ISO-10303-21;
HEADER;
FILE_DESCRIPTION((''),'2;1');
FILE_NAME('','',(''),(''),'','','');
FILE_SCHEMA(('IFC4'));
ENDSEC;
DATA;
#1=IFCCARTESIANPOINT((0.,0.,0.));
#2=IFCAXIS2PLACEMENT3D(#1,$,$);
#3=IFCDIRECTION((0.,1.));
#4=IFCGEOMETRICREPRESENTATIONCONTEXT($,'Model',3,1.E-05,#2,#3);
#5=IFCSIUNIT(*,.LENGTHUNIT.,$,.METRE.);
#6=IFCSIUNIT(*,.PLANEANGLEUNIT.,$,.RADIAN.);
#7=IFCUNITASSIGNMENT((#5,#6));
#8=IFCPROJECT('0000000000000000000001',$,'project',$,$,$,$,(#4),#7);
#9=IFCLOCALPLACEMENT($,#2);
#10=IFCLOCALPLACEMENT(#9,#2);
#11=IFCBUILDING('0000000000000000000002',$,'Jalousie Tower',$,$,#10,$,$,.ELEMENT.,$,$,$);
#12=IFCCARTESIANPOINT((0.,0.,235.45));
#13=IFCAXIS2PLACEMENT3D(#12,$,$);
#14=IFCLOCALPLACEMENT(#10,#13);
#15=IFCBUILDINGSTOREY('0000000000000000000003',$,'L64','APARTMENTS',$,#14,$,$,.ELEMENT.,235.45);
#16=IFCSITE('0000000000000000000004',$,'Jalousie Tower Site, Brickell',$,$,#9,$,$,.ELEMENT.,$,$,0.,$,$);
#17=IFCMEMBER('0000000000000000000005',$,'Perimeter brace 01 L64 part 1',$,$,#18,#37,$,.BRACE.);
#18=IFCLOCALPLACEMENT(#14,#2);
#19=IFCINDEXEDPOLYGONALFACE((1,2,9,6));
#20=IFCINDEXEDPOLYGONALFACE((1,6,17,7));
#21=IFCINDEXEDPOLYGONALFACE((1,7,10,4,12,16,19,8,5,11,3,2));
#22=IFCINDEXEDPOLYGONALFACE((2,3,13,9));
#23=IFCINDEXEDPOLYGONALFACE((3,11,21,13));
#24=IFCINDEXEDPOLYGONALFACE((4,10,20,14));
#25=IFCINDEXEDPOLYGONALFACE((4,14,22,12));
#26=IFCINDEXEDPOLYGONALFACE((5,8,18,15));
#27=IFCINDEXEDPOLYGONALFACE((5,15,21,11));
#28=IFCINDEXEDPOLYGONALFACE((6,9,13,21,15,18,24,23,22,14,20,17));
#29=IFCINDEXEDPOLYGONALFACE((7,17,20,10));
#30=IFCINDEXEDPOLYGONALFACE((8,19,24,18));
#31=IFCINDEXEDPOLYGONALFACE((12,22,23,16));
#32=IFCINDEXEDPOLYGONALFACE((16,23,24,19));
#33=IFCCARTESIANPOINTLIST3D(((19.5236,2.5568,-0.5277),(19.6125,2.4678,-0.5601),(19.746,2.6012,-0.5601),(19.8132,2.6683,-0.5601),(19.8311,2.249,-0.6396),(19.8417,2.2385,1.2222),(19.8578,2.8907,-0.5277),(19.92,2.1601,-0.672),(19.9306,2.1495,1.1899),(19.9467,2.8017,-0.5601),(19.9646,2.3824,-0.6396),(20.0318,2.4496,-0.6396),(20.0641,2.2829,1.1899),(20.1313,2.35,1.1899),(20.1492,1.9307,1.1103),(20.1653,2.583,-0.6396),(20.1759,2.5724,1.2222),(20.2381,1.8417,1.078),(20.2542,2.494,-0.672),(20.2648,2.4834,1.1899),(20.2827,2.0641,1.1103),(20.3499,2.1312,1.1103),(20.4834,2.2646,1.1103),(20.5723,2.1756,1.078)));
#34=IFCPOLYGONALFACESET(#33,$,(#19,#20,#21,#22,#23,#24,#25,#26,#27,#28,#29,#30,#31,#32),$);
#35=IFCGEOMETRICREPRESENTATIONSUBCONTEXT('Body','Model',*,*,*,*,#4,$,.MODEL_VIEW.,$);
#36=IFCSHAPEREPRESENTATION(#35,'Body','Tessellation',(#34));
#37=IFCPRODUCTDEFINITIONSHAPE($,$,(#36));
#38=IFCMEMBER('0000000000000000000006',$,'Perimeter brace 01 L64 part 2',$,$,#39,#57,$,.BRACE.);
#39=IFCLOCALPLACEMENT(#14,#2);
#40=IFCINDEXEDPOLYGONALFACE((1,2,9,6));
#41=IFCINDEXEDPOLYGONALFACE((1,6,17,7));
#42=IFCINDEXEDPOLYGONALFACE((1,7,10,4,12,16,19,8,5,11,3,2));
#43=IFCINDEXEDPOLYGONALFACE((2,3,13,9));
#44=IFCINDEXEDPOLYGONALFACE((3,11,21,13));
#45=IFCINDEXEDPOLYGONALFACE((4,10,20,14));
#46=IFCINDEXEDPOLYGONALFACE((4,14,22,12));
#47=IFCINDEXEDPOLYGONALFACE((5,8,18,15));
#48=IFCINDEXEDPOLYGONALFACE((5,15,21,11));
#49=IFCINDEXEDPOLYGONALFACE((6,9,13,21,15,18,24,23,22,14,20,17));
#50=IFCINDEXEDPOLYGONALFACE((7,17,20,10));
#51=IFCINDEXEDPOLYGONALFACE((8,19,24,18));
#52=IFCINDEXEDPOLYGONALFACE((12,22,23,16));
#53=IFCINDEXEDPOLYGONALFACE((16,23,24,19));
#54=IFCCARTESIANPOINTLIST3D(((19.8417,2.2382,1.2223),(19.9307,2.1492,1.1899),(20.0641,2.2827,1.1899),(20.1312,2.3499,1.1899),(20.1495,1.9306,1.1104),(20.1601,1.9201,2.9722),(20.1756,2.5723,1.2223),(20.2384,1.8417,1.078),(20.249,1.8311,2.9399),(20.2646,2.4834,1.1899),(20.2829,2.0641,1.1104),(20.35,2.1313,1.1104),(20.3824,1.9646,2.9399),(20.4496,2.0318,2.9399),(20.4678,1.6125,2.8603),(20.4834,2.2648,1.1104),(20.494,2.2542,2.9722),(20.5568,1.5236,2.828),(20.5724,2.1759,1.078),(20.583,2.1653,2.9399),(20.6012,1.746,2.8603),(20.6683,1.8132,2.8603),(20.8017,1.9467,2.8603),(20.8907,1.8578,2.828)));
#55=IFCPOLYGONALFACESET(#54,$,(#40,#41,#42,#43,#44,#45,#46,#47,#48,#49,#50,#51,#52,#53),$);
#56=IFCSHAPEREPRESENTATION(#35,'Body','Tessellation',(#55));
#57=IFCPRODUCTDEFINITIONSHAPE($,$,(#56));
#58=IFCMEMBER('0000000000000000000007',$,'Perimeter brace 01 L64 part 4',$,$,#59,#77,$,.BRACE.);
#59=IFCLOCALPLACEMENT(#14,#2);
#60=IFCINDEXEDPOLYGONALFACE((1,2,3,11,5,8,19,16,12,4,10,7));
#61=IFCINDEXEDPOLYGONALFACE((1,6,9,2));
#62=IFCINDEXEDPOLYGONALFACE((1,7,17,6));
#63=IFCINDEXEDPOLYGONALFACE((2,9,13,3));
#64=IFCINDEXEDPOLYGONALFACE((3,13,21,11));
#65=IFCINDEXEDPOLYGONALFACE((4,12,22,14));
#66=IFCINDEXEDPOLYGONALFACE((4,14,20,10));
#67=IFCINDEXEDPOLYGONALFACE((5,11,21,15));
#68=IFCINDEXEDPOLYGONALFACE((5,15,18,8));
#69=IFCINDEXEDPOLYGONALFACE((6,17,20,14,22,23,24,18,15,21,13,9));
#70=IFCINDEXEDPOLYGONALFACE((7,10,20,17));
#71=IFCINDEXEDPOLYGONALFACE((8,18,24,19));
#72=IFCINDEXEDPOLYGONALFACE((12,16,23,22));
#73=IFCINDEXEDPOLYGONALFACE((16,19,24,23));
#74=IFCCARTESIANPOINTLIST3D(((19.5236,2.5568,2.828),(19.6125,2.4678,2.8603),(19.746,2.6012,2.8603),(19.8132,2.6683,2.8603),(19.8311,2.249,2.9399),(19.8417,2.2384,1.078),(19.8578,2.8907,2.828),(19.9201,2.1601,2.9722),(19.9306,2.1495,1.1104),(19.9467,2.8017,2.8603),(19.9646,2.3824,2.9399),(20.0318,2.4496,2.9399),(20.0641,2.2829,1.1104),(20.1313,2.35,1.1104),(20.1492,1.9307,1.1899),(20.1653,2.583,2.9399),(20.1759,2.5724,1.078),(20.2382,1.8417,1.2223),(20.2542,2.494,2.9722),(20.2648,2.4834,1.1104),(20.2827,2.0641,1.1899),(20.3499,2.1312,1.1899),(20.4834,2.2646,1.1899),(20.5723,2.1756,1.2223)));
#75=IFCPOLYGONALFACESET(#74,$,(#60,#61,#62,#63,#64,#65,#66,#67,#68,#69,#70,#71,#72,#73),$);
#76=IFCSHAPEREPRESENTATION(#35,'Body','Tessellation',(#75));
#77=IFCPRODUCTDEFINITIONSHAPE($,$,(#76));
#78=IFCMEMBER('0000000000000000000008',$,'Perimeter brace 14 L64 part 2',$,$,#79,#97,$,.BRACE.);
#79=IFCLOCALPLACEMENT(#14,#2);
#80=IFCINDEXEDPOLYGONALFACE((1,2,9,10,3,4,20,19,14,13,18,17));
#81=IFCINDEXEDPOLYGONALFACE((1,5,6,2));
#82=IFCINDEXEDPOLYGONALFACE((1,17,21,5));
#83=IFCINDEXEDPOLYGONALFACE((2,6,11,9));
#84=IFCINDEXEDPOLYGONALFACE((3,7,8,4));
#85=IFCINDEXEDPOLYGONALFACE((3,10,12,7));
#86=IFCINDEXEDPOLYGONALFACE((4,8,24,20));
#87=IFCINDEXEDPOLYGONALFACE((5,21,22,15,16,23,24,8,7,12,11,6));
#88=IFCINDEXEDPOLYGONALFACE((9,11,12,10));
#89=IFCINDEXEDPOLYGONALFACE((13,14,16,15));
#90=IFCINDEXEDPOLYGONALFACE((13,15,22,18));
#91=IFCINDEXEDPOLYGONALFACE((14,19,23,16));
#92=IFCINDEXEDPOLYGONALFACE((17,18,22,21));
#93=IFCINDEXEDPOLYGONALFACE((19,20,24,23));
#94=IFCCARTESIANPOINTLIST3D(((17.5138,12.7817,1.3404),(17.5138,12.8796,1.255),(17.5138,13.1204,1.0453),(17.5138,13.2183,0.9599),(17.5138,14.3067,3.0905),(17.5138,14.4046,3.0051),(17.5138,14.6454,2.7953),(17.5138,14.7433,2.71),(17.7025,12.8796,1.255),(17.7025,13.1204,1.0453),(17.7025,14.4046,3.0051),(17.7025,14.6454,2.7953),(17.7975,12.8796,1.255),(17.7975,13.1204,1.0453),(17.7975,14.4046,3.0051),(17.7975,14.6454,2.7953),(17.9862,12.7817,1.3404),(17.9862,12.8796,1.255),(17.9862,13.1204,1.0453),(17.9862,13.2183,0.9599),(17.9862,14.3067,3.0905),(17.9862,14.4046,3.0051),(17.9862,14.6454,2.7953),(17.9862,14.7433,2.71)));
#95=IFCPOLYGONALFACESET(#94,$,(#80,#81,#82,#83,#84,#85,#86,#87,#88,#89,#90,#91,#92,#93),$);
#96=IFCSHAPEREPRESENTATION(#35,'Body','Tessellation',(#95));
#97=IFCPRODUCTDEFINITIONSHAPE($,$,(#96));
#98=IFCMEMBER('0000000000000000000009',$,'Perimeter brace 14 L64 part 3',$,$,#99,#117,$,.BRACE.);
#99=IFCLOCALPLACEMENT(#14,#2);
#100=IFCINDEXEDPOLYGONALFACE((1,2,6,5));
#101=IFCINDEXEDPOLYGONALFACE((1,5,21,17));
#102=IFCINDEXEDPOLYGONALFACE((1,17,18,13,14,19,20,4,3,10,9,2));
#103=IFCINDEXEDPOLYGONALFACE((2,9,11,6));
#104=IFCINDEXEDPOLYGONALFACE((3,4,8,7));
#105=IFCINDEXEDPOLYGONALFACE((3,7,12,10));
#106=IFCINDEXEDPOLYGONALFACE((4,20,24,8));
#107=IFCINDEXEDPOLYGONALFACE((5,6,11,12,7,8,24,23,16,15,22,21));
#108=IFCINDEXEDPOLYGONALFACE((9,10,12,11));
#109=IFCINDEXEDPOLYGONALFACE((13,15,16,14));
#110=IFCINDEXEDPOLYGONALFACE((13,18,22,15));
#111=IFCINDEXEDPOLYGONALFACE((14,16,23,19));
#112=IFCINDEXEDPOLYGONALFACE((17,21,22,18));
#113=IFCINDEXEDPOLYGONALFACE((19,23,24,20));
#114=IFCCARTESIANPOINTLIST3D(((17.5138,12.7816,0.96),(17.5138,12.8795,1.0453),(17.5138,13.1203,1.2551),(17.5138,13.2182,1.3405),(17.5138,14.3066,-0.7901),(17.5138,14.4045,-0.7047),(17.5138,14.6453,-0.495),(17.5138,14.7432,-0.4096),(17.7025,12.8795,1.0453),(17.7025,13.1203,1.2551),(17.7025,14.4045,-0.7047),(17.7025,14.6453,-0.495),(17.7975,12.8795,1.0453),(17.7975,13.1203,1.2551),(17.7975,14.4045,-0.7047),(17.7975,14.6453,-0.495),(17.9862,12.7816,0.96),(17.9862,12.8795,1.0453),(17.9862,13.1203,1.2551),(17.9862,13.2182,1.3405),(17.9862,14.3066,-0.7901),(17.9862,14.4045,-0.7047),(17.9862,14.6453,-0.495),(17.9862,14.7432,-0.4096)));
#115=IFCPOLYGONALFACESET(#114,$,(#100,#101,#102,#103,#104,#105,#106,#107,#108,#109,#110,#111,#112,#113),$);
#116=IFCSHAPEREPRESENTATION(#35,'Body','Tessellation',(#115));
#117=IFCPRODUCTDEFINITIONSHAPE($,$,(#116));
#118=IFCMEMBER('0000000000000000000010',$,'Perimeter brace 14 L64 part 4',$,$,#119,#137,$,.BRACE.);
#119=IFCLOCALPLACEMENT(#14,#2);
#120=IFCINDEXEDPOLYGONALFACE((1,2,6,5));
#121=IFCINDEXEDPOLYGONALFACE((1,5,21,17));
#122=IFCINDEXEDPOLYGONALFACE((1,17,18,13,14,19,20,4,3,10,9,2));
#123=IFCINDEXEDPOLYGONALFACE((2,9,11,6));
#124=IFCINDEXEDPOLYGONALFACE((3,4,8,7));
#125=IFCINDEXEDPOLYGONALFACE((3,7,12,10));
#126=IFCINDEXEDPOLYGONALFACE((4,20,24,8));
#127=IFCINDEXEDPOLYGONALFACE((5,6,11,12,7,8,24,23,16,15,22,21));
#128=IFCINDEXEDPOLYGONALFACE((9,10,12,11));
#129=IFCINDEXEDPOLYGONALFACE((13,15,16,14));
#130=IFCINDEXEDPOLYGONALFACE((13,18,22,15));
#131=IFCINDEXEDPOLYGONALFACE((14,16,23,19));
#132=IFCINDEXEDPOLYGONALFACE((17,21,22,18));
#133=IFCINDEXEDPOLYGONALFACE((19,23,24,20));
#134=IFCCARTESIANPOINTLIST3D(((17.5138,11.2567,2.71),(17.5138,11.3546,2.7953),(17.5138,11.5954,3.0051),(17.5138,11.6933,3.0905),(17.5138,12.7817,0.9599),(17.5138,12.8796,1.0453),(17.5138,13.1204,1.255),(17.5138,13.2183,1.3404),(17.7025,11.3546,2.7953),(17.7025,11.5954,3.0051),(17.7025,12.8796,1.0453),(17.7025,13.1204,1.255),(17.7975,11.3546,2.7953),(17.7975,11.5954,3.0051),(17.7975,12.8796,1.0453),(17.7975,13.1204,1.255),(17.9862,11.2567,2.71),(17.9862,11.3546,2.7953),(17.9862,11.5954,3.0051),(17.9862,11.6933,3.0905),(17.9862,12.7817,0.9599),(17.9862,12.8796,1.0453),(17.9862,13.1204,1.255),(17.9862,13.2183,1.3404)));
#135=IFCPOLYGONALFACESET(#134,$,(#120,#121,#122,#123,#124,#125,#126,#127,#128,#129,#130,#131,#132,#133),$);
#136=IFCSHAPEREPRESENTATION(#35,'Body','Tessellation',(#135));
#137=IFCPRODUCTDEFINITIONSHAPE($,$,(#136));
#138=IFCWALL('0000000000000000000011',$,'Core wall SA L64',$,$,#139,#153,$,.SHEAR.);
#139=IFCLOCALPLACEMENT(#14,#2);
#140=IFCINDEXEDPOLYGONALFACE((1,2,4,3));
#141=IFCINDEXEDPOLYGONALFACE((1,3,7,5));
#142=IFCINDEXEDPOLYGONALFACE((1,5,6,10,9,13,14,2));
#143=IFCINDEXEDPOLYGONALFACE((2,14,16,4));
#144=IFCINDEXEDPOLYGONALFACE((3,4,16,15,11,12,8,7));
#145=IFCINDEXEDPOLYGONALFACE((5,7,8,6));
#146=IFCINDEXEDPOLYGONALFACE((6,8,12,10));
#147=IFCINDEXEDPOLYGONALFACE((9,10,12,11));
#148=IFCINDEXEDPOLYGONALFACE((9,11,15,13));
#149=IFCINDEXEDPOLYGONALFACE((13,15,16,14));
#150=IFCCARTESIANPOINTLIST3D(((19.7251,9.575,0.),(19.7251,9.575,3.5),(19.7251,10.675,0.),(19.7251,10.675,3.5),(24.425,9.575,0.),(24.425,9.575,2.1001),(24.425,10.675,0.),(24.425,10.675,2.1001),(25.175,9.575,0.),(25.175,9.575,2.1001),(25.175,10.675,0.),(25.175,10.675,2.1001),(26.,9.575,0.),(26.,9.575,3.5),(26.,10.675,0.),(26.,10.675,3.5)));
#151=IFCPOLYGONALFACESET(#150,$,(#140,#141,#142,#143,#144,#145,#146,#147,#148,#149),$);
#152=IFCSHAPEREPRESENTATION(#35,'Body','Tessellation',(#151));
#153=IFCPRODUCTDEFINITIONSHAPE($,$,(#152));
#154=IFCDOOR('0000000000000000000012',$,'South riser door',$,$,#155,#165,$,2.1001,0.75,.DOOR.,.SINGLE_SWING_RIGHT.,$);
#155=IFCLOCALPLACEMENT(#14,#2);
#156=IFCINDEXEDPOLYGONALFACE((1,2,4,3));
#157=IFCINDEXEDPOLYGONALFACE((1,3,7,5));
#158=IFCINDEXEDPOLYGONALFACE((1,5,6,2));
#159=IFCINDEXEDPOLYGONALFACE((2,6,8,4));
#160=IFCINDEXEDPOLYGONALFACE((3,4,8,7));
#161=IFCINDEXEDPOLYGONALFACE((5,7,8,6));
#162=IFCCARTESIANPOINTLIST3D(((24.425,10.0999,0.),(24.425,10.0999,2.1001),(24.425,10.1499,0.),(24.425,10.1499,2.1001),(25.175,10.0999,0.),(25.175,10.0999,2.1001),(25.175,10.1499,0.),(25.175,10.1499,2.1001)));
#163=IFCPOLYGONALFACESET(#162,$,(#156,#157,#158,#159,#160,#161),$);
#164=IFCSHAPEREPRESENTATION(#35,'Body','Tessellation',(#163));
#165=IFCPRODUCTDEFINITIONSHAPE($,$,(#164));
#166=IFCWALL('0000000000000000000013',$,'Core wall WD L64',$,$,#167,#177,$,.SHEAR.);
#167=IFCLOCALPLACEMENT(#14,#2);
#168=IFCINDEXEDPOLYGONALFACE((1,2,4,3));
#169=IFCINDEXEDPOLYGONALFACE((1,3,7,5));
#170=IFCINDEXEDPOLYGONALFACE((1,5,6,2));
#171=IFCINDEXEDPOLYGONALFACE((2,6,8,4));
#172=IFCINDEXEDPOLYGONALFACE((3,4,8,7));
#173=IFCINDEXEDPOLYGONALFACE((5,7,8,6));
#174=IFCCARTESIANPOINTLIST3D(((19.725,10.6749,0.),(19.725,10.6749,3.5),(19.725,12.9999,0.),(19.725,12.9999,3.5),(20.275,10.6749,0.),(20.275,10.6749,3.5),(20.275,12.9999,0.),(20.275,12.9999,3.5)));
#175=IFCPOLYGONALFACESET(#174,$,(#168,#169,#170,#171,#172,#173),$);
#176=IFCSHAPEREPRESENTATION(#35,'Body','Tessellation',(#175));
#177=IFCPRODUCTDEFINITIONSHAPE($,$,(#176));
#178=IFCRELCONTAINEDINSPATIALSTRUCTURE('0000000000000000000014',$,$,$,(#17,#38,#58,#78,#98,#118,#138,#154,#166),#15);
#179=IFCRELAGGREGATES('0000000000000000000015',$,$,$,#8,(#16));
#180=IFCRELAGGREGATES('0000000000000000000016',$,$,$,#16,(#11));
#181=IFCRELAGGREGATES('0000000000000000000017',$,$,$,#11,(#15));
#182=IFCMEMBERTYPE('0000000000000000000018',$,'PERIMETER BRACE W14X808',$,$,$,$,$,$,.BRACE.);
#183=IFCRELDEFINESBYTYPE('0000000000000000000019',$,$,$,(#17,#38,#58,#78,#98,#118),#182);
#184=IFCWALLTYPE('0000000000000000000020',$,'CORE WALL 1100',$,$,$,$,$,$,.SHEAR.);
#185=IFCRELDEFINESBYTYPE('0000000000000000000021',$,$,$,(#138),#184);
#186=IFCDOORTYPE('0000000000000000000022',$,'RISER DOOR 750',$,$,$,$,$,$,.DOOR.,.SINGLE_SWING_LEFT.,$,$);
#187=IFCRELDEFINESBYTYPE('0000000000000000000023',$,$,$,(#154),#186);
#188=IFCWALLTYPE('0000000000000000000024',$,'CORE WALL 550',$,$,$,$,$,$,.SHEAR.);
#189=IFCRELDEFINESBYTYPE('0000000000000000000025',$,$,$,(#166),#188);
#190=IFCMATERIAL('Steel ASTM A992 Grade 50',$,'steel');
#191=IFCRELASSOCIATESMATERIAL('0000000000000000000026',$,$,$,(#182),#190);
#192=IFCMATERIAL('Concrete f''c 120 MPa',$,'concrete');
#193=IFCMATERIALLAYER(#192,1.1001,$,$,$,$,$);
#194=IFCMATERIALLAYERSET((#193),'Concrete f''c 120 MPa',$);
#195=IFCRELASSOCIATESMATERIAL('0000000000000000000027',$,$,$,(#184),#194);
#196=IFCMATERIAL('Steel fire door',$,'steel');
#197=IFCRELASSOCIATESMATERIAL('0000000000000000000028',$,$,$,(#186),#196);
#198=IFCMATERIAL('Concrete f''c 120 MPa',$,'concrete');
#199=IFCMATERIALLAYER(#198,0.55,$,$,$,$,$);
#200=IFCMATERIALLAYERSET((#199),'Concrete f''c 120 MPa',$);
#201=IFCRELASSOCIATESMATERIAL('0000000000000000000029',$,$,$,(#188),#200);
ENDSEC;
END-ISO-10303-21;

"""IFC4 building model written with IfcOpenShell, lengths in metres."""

from ifc_helpers import new_model, si_unit, direction, frame, frame_2d, origin, origin_2d, place, context, subcontext, project, spatial, rectangle, i_section, extrude, material, layer, layer_set, material_profile, profile_set, type_object, element, fill, save


model = new_model("IFC4")

# Units and contexts
model_context = context("Model", 3, precision=1e-05, world=origin(), true_north=direction((0.0, 1.0)))
body_context = subcontext(model_context, "Body", "Model", "MODEL_VIEW")
ifc_project = project(units=[si_unit("LENGTHUNIT", "METRE"), si_unit("PLANEANGLEUNIT", "RADIAN")], contexts=[model_context])

# Site, building, storey
site_placement = place(None, origin())
site = spatial("IfcSite", under=ifc_project, at=site_placement, Name="Jalousie Tower Site, Brickell", CompositionType="ELEMENT", RefElevation=0.0)
building_placement = place(site_placement, origin())
building = spatial("IfcBuilding", under=site, at=building_placement, Name="Jalousie Tower", CompositionType="ELEMENT")
storey_placement = place(building_placement, frame((0.0, 0.0, 235.45)))
storey = spatial("IfcBuildingStorey", under=building, at=storey_placement, Name="L64", Description="APARTMENTS", CompositionType="ELEMENT", Elevation=235.45)

# Members
ifc_material_1 = material(Name="Steel ASTM A992 Grade 50", Category="steel")
ifc_material_profile = material_profile(ifc_material_1, i_section(OverallWidth=0.4724, OverallDepth=0.5791, WebThickness=0.095, FlangeThickness=0.1299, at=origin_2d()), Name="W14X808")
ifc_profile_set = profile_set([ifc_material_profile], Name="Steel ASTM A992 Grade 50")
member_type = type_object("IfcMemberType", Name="PERIMETER BRACE W14X808", PredefinedType="BRACE", material=ifc_profile_set)
for number, where, z_axis, x_axis, name in (
    (1, (19.8889, 2.5254, -0.5999), (0.176051, -0.176187, 0.968486), (0.707378, 0.706835, 0.0), "Perimeter brace 01 L64 part 1"),
    (2, (20.207, 2.207, 1.1501), (0.176187, -0.176051, 0.968486), (0.706835, 0.707378, 0.0), "Perimeter brace 01 L64 part 2"),
    (3, (20.207, 2.207, 1.1501), (-0.176051, 0.176187, 0.968486), (-0.707378, -0.706835, 0.0), "Perimeter brace 01 L64 part 4"),
):
    element("IfcMember", number, at=place(storey_placement, frame(where, z_axis=z_axis, x_axis=x_axis)), inside=storey, type_object=member_type, Name=name, PredefinedType="BRACE", context=body_context, shape_type="SweptSolid", body=[
        extrude(i_section(OverallWidth=0.4724, OverallDepth=0.5791, WebThickness=0.095, FlangeThickness=0.1299, at=origin_2d()), origin(), (0.0, 0.0, 1.0), 1.8069),
    ])
for number, where, z_axis, x_axis, name in (
    (4, (17.75, 13.0, 1.1501), (0.0, 0.656954, 0.75393), (-1.0, 0.0, 0.0), "Perimeter brace 14 L64 part 2"),
    (5, (17.75, 14.5249, -0.5999), (0.0, -0.656954, 0.75393), (1.0, 0.0, 0.0), "Perimeter brace 14 L64 part 3"),
    (6, (17.75, 13.0, 1.1501), (0.0, -0.656954, 0.75393), (1.0, 0.0, 0.0), "Perimeter brace 14 L64 part 4"),
):
    element("IfcMember", number, at=place(storey_placement, frame(where, z_axis=z_axis, x_axis=x_axis)), inside=storey, type_object=member_type, Name=name, PredefinedType="BRACE", context=body_context, shape_type="SweptSolid", body=[
        extrude(i_section(OverallWidth=0.4724, OverallDepth=0.5791, WebThickness=0.095, FlangeThickness=0.1299, at=origin_2d()), origin(), (0.0, 0.0, 1.0), 2.3213),
    ])

# Wall, opening, door
ifc_material_2 = material(Name="Concrete f'c 120 MPa", Category="concrete")
ifc_layer_1 = layer(ifc_material_2, 1.1001)
ifc_layer_set_1 = layer_set([ifc_layer_1], Name="Concrete f'c 120 MPa")
wall_type_1 = type_object("IfcWallType", Name="CORE WALL 1100", PredefinedType="SHEAR", material=ifc_layer_set_1)
wall_1_placement = place(storey_placement, frame((19.7251, 10.125, 0.0), z_axis=(0.0, 0.0, 1.0), x_axis=(1.0, 0.0, 0.0)))
wall_1 = element("IfcWall", 7, at=wall_1_placement, inside=storey, type_object=wall_type_1, Name="Core wall SA L64", PredefinedType="SHEAR", context=body_context, shape_type="SweptSolid", body=[
    extrude(rectangle(XDim=6.2749, YDim=1.1001, at=frame_2d((3.1375, 0.0))), origin(), (0.0, 0.0, 1.0), 3.5),
])
opening_1_placement = place(wall_1_placement, frame((4.7, 0.0, 0.0)))
opening_1 = element("IfcOpeningElement", 8, at=opening_1_placement, cuts=wall_1, PredefinedType="OPENING", context=body_context, shape_type="SweptSolid", body=[
    extrude(rectangle(XDim=0.75, YDim=2.1001, at=frame_2d((0.375, 1.05))), frame((0.0, 0.5601, 0.0), z_axis=(0.0, -1.0, 0.0), x_axis=(1.0, 0.0, 0.0)), (0.0, 0.0, 1.0), 1.1201),
])
ifc_material_3 = material(Name="Steel fire door", Category="steel")
door_type_1 = type_object("IfcDoorType", Name="RISER DOOR 750", OperationType="SINGLE_SWING_LEFT", PredefinedType="DOOR", material=ifc_material_3)
door_1_placement = place(opening_1_placement, origin())
door_1 = element("IfcDoor", 9, at=door_1_placement, inside=storey, type_object=door_type_1, Name="South riser door", OperationType="SINGLE_SWING_RIGHT", OverallHeight=2.1001, OverallWidth=0.75, PredefinedType="DOOR", context=body_context, shape_type="SweptSolid", body=[
    extrude(rectangle(XDim=0.75, YDim=2.1001, at=frame_2d((0.375, 1.05))), frame((0.0, 0.0249, 0.0), z_axis=(0.0, -1.0, 0.0), x_axis=(1.0, 0.0, 0.0)), (0.0, 0.0, 1.0), 0.05),
])
fill(opening_1, door_1)

# Wall
ifc_material_4 = material(Name="Concrete f'c 120 MPa", Category="concrete")
ifc_layer_2 = layer(ifc_material_4, 0.55)
ifc_layer_set_2 = layer_set([ifc_layer_2], Name="Concrete f'c 120 MPa")
wall_type_2 = type_object("IfcWallType", Name="CORE WALL 550", PredefinedType="SHEAR", material=ifc_layer_set_2)
wall_2_placement = place(storey_placement, frame((20.0, 13.0, 0.0), z_axis=(0.0, 0.0, 1.0), x_axis=(0.0, -1.0, 0.0)))
element("IfcWall", 10, at=wall_2_placement, inside=storey, type_object=wall_type_2, Name="Core wall WD L64", PredefinedType="SHEAR", context=body_context, shape_type="SweptSolid", body=[
    extrude(rectangle(XDim=2.325, YDim=0.55, at=frame_2d((1.1626, 0.0))), origin(), (0.0, 0.0, 1.0), 3.5),
])

save(model, "model.ifc")
